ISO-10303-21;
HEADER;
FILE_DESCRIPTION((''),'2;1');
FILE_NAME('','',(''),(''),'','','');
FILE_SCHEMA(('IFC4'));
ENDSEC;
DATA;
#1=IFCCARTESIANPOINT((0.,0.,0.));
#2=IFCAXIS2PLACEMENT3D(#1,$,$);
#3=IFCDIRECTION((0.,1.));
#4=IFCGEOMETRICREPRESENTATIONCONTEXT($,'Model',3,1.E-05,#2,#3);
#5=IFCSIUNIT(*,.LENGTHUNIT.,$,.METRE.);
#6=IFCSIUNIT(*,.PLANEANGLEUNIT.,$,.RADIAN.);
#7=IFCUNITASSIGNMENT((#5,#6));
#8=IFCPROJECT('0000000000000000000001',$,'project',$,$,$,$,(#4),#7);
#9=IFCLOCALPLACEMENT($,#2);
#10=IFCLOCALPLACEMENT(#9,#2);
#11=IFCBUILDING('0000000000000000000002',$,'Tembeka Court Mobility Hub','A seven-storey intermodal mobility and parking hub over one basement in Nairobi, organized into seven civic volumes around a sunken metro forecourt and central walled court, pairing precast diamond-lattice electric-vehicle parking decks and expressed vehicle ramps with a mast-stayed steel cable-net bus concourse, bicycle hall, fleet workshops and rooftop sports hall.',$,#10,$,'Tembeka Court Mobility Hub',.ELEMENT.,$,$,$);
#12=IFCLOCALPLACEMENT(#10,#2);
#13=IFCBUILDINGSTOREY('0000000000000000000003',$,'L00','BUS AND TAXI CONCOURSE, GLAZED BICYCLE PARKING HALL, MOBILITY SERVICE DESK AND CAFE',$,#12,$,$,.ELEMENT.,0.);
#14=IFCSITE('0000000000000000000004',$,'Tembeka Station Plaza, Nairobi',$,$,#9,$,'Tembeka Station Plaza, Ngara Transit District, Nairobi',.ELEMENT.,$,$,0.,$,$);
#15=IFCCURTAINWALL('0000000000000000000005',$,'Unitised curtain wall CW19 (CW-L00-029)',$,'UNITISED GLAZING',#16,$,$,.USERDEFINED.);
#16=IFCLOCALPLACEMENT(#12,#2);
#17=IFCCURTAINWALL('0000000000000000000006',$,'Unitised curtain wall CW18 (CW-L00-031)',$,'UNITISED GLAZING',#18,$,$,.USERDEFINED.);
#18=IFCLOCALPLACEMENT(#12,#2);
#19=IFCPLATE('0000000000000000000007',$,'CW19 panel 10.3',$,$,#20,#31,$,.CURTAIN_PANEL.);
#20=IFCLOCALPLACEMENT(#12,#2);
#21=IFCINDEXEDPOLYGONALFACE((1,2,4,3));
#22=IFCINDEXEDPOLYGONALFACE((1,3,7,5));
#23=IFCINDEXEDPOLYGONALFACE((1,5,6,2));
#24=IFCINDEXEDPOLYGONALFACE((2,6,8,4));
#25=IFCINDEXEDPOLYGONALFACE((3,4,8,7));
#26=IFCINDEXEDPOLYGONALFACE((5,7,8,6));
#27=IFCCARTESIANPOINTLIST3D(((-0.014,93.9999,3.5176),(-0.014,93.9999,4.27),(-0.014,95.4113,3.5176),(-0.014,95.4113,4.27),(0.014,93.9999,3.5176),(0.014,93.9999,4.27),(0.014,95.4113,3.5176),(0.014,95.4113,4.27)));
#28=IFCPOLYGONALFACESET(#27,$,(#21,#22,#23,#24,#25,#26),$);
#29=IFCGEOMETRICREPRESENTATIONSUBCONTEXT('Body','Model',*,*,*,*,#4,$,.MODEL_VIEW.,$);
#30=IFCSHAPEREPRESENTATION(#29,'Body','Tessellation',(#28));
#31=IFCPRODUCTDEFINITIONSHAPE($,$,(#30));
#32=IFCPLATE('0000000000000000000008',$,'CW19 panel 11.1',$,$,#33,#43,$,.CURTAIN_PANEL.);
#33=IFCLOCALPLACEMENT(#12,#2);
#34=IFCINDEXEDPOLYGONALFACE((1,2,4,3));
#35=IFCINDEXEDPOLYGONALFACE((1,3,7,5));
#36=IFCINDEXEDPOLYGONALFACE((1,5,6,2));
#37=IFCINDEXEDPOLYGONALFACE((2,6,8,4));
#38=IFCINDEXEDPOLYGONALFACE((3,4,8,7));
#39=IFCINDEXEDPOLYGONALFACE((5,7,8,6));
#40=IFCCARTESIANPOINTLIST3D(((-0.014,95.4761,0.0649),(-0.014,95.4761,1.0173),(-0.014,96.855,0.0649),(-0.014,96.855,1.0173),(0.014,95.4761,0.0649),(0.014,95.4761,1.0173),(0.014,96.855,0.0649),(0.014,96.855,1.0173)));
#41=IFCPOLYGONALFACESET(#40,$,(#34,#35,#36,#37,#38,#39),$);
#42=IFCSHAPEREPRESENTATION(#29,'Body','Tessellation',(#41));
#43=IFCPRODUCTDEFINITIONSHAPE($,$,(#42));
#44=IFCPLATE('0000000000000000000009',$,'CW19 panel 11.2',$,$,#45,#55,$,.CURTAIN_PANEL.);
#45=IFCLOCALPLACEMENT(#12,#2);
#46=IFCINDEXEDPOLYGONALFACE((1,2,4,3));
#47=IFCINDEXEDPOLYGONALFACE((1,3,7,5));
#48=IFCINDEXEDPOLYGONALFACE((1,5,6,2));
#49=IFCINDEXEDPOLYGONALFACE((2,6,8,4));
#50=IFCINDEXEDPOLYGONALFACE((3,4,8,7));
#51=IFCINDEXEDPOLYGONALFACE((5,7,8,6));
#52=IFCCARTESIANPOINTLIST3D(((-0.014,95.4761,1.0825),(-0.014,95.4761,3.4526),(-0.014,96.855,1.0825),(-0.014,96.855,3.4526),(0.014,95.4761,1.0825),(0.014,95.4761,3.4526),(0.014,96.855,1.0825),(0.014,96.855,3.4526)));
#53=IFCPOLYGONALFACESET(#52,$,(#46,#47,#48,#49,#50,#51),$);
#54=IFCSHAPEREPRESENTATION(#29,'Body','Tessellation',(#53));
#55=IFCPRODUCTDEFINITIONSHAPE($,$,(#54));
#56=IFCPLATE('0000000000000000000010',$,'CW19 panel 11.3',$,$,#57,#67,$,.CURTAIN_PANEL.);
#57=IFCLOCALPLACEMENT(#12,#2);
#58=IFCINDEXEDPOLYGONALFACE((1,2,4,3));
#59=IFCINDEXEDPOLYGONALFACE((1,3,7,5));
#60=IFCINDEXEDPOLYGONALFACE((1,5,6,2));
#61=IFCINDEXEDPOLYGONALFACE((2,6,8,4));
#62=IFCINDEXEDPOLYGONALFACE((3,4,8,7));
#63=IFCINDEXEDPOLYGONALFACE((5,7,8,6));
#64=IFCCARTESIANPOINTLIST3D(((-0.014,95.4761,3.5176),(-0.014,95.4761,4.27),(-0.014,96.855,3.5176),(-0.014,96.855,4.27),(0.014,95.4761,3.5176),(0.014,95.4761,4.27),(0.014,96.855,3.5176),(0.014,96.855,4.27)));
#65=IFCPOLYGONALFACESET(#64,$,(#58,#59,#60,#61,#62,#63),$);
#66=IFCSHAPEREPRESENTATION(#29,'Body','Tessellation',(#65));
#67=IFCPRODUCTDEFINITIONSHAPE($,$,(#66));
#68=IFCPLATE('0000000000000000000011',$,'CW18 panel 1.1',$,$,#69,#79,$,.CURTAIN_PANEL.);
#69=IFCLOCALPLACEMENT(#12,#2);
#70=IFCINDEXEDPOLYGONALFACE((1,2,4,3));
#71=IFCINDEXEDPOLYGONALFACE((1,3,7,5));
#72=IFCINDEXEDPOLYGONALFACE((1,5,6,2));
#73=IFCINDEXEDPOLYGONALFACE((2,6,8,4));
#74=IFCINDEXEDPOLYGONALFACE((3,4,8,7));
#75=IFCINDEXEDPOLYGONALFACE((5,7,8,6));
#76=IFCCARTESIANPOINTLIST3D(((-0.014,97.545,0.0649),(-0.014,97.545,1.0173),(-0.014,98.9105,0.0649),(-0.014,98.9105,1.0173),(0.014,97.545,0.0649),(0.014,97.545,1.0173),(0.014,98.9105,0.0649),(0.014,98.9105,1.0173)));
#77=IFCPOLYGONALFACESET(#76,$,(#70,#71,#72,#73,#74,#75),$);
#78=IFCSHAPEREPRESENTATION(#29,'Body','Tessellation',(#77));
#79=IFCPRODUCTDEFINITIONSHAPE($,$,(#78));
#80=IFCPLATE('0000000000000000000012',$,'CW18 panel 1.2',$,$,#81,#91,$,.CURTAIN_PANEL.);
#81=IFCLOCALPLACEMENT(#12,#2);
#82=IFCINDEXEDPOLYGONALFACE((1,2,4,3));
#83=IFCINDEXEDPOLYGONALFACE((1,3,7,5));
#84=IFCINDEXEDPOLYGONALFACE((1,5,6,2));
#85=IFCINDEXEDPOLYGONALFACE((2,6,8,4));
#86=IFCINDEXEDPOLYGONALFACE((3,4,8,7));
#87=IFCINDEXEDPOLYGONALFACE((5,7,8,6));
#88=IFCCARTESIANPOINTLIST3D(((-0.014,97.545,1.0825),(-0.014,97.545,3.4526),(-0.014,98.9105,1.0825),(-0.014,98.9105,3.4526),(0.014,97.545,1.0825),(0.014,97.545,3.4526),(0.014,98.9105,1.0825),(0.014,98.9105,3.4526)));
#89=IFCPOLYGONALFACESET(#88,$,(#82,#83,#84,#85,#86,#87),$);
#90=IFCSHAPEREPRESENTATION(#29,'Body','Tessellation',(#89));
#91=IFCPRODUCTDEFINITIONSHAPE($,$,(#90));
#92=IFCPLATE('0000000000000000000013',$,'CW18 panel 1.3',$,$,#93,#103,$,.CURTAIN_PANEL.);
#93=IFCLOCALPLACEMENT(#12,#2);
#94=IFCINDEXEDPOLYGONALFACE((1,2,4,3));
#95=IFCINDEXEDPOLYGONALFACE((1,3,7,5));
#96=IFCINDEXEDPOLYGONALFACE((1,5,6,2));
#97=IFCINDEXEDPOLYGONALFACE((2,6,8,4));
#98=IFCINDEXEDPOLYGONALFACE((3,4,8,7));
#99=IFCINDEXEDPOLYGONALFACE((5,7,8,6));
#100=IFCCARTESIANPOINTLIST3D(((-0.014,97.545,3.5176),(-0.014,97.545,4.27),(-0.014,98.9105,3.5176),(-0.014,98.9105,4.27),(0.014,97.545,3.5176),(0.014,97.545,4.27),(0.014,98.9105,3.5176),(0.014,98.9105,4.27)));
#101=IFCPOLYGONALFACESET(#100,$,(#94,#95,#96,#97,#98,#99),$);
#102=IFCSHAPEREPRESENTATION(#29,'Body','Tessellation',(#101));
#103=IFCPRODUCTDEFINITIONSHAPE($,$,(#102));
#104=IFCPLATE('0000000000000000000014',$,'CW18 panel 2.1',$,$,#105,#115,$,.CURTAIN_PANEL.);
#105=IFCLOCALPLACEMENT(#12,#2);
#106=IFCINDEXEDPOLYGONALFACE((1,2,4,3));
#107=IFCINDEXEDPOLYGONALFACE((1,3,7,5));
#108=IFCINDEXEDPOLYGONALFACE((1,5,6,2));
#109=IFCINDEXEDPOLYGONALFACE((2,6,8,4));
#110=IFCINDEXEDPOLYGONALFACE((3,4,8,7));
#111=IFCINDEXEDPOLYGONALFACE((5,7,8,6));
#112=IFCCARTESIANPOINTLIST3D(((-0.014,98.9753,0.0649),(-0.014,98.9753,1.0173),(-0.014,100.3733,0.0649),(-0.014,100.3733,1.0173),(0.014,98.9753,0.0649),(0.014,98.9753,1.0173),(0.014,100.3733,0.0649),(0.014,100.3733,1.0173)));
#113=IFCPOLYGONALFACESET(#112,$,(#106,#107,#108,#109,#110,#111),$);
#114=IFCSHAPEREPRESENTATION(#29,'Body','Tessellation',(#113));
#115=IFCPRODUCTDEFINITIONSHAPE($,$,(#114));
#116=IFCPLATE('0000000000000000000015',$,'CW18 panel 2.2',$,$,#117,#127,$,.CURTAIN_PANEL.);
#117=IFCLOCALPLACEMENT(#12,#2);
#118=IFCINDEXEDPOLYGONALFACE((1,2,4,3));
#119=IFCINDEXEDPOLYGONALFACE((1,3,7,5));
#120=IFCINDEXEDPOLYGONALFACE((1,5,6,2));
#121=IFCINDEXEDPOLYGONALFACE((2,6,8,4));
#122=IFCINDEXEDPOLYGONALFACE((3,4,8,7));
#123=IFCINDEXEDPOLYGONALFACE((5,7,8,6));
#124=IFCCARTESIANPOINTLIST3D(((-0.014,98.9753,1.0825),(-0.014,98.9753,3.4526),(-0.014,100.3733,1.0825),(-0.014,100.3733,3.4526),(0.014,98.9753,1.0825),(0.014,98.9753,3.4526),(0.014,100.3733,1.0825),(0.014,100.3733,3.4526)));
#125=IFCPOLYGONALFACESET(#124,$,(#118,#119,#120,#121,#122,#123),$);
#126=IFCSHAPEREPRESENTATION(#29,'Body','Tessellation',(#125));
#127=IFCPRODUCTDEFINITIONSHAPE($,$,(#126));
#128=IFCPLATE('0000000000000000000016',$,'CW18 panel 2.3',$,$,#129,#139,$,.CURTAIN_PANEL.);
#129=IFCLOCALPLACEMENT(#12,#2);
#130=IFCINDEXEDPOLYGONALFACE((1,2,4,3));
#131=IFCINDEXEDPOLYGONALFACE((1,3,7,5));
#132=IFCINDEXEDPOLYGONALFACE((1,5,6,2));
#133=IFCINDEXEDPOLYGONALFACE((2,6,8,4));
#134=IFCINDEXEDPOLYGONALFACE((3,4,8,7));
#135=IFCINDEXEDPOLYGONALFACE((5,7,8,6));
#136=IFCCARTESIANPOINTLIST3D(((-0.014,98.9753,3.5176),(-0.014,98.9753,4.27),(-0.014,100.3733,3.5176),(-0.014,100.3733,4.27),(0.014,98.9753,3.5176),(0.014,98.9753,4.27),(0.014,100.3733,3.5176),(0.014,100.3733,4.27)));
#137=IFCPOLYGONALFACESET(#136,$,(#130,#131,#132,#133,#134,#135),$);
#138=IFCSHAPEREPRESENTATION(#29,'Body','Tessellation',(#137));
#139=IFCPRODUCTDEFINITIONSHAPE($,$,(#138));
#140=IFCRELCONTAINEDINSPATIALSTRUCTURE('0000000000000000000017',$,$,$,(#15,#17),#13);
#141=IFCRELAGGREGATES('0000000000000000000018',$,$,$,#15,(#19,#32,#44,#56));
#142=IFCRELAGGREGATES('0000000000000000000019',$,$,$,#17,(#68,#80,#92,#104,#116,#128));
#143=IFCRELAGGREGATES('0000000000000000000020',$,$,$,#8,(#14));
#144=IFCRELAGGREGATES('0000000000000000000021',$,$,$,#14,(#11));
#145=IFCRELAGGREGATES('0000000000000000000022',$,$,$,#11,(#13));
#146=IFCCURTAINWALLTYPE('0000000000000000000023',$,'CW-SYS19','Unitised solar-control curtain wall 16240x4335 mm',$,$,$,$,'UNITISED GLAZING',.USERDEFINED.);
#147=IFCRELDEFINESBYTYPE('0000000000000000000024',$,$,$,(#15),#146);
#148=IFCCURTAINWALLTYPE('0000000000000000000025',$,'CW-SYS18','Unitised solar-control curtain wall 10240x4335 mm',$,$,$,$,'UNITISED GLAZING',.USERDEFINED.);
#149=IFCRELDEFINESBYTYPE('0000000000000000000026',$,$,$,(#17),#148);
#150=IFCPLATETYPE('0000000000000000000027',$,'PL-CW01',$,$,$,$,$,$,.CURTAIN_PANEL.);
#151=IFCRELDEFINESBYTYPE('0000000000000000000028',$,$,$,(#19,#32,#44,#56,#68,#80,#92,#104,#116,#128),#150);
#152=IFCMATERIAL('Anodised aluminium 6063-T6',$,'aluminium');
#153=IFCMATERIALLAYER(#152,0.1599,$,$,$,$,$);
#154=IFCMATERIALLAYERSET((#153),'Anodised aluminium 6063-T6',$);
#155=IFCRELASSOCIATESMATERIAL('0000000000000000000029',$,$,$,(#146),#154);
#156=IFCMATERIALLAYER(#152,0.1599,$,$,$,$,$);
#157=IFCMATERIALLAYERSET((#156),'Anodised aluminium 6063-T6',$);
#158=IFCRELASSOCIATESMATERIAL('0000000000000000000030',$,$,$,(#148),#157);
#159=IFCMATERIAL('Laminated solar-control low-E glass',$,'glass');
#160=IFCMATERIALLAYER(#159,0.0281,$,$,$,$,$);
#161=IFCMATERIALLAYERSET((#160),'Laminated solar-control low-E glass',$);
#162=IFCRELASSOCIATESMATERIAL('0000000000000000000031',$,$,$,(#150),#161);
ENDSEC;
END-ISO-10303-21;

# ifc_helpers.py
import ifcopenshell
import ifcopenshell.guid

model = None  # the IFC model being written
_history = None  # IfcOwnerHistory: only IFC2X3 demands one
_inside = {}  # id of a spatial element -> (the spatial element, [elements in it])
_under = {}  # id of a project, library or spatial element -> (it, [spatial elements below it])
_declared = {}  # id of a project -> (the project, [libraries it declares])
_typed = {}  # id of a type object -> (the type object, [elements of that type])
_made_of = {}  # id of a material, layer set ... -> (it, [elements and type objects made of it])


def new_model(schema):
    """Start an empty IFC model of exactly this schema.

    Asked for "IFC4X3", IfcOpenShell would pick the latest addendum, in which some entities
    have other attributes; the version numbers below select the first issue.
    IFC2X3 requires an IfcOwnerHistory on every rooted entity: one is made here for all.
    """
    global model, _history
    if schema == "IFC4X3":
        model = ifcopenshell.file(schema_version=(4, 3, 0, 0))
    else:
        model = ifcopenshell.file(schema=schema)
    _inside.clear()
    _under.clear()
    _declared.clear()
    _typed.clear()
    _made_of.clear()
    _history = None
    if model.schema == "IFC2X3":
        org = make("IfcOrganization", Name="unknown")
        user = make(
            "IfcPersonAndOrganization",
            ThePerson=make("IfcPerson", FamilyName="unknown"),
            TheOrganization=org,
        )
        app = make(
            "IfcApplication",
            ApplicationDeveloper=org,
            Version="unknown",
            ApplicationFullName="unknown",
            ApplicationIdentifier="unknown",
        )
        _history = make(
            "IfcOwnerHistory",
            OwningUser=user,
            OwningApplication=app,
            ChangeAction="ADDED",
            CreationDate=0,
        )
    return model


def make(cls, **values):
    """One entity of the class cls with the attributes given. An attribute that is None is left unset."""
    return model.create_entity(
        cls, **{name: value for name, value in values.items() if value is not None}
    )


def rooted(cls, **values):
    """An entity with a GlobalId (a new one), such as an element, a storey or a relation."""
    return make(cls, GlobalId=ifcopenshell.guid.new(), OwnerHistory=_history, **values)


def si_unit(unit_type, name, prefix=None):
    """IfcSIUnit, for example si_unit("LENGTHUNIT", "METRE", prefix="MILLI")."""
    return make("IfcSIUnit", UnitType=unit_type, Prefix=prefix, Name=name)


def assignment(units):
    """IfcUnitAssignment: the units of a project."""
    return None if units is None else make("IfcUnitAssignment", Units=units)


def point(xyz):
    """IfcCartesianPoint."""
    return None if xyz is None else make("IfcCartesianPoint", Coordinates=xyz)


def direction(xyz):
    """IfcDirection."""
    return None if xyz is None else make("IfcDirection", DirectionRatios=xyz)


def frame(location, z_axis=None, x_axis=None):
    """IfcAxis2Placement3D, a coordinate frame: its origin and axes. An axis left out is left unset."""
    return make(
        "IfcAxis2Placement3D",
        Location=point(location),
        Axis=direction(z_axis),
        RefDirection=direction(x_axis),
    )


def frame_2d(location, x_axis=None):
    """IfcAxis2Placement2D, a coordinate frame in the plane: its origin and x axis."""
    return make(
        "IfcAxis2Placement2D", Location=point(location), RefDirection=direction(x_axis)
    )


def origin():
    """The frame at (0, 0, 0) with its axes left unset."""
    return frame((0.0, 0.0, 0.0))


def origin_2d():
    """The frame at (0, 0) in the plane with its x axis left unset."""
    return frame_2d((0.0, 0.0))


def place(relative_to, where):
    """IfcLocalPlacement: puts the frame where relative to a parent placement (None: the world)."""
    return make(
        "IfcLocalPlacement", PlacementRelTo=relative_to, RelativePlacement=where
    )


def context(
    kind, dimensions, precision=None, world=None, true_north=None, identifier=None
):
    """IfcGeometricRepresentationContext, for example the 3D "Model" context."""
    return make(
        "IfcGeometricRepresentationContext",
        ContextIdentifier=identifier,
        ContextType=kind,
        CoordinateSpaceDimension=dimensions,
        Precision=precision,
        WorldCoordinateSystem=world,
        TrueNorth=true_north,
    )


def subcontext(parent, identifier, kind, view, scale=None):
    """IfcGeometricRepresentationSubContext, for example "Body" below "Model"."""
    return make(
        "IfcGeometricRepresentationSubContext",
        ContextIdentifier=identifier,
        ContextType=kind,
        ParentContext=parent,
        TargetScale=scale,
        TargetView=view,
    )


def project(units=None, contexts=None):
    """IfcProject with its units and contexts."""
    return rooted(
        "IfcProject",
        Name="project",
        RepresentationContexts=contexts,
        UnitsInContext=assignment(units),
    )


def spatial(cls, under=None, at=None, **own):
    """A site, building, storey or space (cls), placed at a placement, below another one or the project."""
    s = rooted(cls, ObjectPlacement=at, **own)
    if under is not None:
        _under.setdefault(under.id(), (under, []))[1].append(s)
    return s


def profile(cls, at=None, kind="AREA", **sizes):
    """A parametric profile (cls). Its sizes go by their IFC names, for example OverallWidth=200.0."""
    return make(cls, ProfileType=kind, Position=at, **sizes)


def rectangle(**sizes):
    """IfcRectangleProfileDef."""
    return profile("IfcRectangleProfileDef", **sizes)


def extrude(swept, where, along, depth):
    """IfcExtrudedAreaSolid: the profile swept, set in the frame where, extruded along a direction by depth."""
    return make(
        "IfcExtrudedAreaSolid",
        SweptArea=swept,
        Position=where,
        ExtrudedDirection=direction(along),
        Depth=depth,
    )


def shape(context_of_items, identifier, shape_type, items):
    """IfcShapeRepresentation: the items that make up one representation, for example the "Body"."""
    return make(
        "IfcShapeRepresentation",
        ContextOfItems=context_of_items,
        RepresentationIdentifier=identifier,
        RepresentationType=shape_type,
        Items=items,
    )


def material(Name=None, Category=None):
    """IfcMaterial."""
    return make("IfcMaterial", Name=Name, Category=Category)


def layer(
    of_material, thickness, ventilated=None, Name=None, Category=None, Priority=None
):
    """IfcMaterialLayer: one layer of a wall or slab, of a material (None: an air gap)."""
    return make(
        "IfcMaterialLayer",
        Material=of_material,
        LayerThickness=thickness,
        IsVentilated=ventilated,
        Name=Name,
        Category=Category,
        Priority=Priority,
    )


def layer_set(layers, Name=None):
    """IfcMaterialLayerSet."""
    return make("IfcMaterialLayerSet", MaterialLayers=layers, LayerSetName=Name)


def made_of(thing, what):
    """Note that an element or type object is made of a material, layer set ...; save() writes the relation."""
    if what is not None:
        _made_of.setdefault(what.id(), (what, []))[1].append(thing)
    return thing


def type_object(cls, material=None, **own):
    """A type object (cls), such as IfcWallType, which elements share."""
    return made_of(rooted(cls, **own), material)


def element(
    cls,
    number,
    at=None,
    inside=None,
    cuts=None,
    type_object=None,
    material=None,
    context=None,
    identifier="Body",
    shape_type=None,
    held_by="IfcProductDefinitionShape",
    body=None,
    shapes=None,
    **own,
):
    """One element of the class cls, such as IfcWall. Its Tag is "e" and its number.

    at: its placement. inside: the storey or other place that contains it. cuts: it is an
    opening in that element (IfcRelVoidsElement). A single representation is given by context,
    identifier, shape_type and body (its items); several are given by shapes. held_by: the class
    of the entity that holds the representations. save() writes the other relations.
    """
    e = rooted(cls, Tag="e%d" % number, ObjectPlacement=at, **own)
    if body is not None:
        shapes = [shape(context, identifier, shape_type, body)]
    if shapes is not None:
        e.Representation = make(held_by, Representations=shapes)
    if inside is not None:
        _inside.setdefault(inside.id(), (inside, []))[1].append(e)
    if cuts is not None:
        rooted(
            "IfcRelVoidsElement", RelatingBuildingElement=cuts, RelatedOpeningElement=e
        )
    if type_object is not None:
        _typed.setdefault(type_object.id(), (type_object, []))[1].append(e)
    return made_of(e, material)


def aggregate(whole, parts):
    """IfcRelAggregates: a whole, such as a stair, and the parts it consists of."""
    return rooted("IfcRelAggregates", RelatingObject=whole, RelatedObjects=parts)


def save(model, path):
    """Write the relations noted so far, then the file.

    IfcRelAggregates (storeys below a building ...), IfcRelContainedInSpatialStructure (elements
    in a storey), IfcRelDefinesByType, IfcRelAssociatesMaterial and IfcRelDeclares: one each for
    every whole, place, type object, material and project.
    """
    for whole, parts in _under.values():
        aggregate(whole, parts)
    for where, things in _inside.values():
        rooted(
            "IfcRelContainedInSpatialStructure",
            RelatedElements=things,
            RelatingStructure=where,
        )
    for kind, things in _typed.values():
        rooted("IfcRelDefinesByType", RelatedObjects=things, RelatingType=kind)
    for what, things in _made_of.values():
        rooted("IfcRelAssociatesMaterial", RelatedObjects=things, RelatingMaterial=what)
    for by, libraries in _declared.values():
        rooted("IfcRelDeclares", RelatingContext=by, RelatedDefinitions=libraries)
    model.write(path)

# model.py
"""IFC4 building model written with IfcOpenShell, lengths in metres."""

from ifc_helpers import new_model, si_unit, direction, frame, origin, origin_2d, place, context, subcontext, project, spatial, rectangle, extrude, material, layer, layer_set, type_object, element, aggregate, save


model = new_model("IFC4")

# Units and contexts
model_context = context("Model", 3, precision=1e-05, world=origin(), true_north=direction((0.0, 1.0)))
body_context = subcontext(model_context, "Body", "Model", "MODEL_VIEW")
ifc_project = project(units=[si_unit("LENGTHUNIT", "METRE"), si_unit("PLANEANGLEUNIT", "RADIAN")], contexts=[model_context])

# Site, building, storey
site_placement = place(None, origin())
site = spatial("IfcSite", under=ifc_project, at=site_placement, Name="Tembeka Station Plaza, Nairobi", LongName="Tembeka Station Plaza, Ngara Transit District, Nairobi", CompositionType="ELEMENT", RefElevation=0.0)
building_placement = place(site_placement, origin())
building = spatial("IfcBuilding", under=site, at=building_placement, Name="Tembeka Court Mobility Hub", Description="A seven-storey intermodal mobility and parking hub over one basement in Nairobi, organized into seven civic volumes around a sunken metro forecourt and central walled court, pairing precast diamond-lattice electric-vehicle parking decks and expressed vehicle ramps with a mast-stayed steel cable-net bus concourse, bicycle hall, fleet workshops and rooftop sports hall.", LongName="Tembeka Court Mobility Hub", CompositionType="ELEMENT")
storey_placement = place(building_placement, origin())
storey = spatial("IfcBuildingStorey", under=building, at=storey_placement, Name="L00", Description="BUS AND TAXI CONCOURSE, GLAZED BICYCLE PARKING HALL, MOBILITY SERVICE DESK AND CAFE", CompositionType="ELEMENT", Elevation=0.0)

# Curtain walls
ifc_material_1 = material(Name="Anodised aluminium 6063-T6", Category="aluminium")
ifc_layer_1 = layer(ifc_material_1, 0.1599)
ifc_layer_set_1 = layer_set([ifc_layer_1], Name="Anodised aluminium 6063-T6")
curtain_wall_type_1 = type_object("IfcCurtainWallType", Name="CW-SYS19", Description="Unitised solar-control curtain wall 16240x4335 mm", ElementType="UNITISED GLAZING", PredefinedType="USERDEFINED", material=ifc_layer_set_1)
curtain_wall_1_placement = place(storey_placement, origin())
curtain_wall_1 = element("IfcCurtainWall", 1, at=curtain_wall_1_placement, inside=storey, type_object=curtain_wall_type_1, Name="Unitised curtain wall CW19 (CW-L00-029)", ObjectType="UNITISED GLAZING", PredefinedType="USERDEFINED")
ifc_layer_2 = layer(ifc_material_1, 0.1599)
ifc_layer_set_2 = layer_set([ifc_layer_2], Name="Anodised aluminium 6063-T6")
curtain_wall_type_2 = type_object("IfcCurtainWallType", Name="CW-SYS18", Description="Unitised solar-control curtain wall 10240x4335 mm", ElementType="UNITISED GLAZING", PredefinedType="USERDEFINED", material=ifc_layer_set_2)
curtain_wall_2_placement = place(storey_placement, origin())
curtain_wall_2 = element("IfcCurtainWall", 2, at=curtain_wall_2_placement, inside=storey, type_object=curtain_wall_type_2, Name="Unitised curtain wall CW18 (CW-L00-031)", ObjectType="UNITISED GLAZING", PredefinedType="USERDEFINED")

# Plates
ifc_material_2 = material(Name="Laminated solar-control low-E glass", Category="glass")
ifc_layer_3 = layer(ifc_material_2, 0.0281)
ifc_layer_set_3 = layer_set([ifc_layer_3], Name="Laminated solar-control low-E glass")
plate_type = type_object("IfcPlateType", Name="PL-CW01", PredefinedType="CURTAIN_PANEL", material=ifc_layer_set_3)
plate_1_placement = place(storey_placement, frame((0.0, 94.7056, 3.5176), z_axis=(0.0, 0.0, 1.0), x_axis=(0.0, 1.0, 0.0)))
plate_1 = element("IfcPlate", 3, at=plate_1_placement, type_object=plate_type, Name="CW19 panel 10.3", PredefinedType="CURTAIN_PANEL", context=body_context, shape_type="SweptSolid", body=[
    extrude(rectangle(XDim=1.4114, YDim=0.0281, at=origin_2d()), origin(), (0.0, 0.0, 1.0), 0.7524),
])
plate_2_placement = place(storey_placement, frame((0.0, 96.1655, 0.0649), z_axis=(0.0, 0.0, 1.0), x_axis=(0.0, 1.0, 0.0)))
plate_2 = element("IfcPlate", 4, at=plate_2_placement, type_object=plate_type, Name="CW19 panel 11.1", PredefinedType="CURTAIN_PANEL", context=body_context, shape_type="SweptSolid", body=[
    extrude(rectangle(XDim=1.3789, YDim=0.0281, at=origin_2d()), origin(), (0.0, 0.0, 1.0), 0.9524),
])
plate_3_placement = place(storey_placement, frame((0.0, 96.1655, 1.0825), z_axis=(0.0, 0.0, 1.0), x_axis=(0.0, 1.0, 0.0)))
plate_3 = element("IfcPlate", 5, at=plate_3_placement, type_object=plate_type, Name="CW19 panel 11.2", PredefinedType="CURTAIN_PANEL", context=body_context, shape_type="SweptSolid", body=[
    extrude(rectangle(XDim=1.3789, YDim=0.0281, at=origin_2d()), origin(), (0.0, 0.0, 1.0), 2.3701),
])
plate_4_placement = place(storey_placement, frame((0.0, 96.1655, 3.5176), z_axis=(0.0, 0.0, 1.0), x_axis=(0.0, 1.0, 0.0)))
plate_4 = element("IfcPlate", 6, at=plate_4_placement, type_object=plate_type, Name="CW19 panel 11.3", PredefinedType="CURTAIN_PANEL", context=body_context, shape_type="SweptSolid", body=[
    extrude(rectangle(XDim=1.3789, YDim=0.0281, at=origin_2d()), origin(), (0.0, 0.0, 1.0), 0.7524),
])
aggregate(curtain_wall_1, [plate_1, plate_2, plate_3, plate_4])
plate_5_placement = place(storey_placement, frame((0.0, 98.2278, 0.0649), z_axis=(0.0, 0.0, 1.0), x_axis=(0.0, 1.0, 0.0)))
plate_5 = element("IfcPlate", 7, at=plate_5_placement, type_object=plate_type, Name="CW18 panel 1.1", PredefinedType="CURTAIN_PANEL", context=body_context, shape_type="SweptSolid", body=[
    extrude(rectangle(XDim=1.3655, YDim=0.0281, at=origin_2d()), origin(), (0.0, 0.0, 1.0), 0.9524),
])
plate_6_placement = place(storey_placement, frame((0.0, 98.2278, 1.0825), z_axis=(0.0, 0.0, 1.0), x_axis=(0.0, 1.0, 0.0)))
plate_6 = element("IfcPlate", 8, at=plate_6_placement, type_object=plate_type, Name="CW18 panel 1.2", PredefinedType="CURTAIN_PANEL", context=body_context, shape_type="SweptSolid", body=[
    extrude(rectangle(XDim=1.3655, YDim=0.0281, at=origin_2d()), origin(), (0.0, 0.0, 1.0), 2.3701),
])
plate_7_placement = place(storey_placement, frame((0.0, 98.2278, 3.5176), z_axis=(0.0, 0.0, 1.0), x_axis=(0.0, 1.0, 0.0)))
plate_7 = element("IfcPlate", 9, at=plate_7_placement, type_object=plate_type, Name="CW18 panel 1.3", PredefinedType="CURTAIN_PANEL", context=body_context, shape_type="SweptSolid", body=[
    extrude(rectangle(XDim=1.3655, YDim=0.0281, at=origin_2d()), origin(), (0.0, 0.0, 1.0), 0.7524),
])
plate_8_placement = place(storey_placement, frame((0.0, 99.6743, 0.0649), z_axis=(0.0, 0.0, 1.0), x_axis=(0.0, 1.0, 0.0)))
plate_8 = element("IfcPlate", 10, at=plate_8_placement, type_object=plate_type, Name="CW18 panel 2.1", PredefinedType="CURTAIN_PANEL", context=body_context, shape_type="SweptSolid", body=[
    extrude(rectangle(XDim=1.3979, YDim=0.0281, at=origin_2d()), origin(), (0.0, 0.0, 1.0), 0.9524),
])
plate_9_placement = place(storey_placement, frame((0.0, 99.6743, 1.0825), z_axis=(0.0, 0.0, 1.0), x_axis=(0.0, 1.0, 0.0)))
plate_9 = element("IfcPlate", 11, at=plate_9_placement, type_object=plate_type, Name="CW18 panel 2.2", PredefinedType="CURTAIN_PANEL", context=body_context, shape_type="SweptSolid", body=[
    extrude(rectangle(XDim=1.3979, YDim=0.0281, at=origin_2d()), origin(), (0.0, 0.0, 1.0), 2.3701),
])
plate_10_placement = place(storey_placement, frame((0.0, 99.6743, 3.5176), z_axis=(0.0, 0.0, 1.0), x_axis=(0.0, 1.0, 0.0)))
plate_10 = element("IfcPlate", 12, at=plate_10_placement, type_object=plate_type, Name="CW18 panel 2.3", PredefinedType="CURTAIN_PANEL", context=body_context, shape_type="SweptSolid", body=[
    extrude(rectangle(XDim=1.3979, YDim=0.0281, at=origin_2d()), origin(), (0.0, 0.0, 1.0), 0.7524),
])
aggregate(curtain_wall_2, [plate_5, plate_6, plate_7, plate_8, plate_9, plate_10])

save(model, "model.ifc")
